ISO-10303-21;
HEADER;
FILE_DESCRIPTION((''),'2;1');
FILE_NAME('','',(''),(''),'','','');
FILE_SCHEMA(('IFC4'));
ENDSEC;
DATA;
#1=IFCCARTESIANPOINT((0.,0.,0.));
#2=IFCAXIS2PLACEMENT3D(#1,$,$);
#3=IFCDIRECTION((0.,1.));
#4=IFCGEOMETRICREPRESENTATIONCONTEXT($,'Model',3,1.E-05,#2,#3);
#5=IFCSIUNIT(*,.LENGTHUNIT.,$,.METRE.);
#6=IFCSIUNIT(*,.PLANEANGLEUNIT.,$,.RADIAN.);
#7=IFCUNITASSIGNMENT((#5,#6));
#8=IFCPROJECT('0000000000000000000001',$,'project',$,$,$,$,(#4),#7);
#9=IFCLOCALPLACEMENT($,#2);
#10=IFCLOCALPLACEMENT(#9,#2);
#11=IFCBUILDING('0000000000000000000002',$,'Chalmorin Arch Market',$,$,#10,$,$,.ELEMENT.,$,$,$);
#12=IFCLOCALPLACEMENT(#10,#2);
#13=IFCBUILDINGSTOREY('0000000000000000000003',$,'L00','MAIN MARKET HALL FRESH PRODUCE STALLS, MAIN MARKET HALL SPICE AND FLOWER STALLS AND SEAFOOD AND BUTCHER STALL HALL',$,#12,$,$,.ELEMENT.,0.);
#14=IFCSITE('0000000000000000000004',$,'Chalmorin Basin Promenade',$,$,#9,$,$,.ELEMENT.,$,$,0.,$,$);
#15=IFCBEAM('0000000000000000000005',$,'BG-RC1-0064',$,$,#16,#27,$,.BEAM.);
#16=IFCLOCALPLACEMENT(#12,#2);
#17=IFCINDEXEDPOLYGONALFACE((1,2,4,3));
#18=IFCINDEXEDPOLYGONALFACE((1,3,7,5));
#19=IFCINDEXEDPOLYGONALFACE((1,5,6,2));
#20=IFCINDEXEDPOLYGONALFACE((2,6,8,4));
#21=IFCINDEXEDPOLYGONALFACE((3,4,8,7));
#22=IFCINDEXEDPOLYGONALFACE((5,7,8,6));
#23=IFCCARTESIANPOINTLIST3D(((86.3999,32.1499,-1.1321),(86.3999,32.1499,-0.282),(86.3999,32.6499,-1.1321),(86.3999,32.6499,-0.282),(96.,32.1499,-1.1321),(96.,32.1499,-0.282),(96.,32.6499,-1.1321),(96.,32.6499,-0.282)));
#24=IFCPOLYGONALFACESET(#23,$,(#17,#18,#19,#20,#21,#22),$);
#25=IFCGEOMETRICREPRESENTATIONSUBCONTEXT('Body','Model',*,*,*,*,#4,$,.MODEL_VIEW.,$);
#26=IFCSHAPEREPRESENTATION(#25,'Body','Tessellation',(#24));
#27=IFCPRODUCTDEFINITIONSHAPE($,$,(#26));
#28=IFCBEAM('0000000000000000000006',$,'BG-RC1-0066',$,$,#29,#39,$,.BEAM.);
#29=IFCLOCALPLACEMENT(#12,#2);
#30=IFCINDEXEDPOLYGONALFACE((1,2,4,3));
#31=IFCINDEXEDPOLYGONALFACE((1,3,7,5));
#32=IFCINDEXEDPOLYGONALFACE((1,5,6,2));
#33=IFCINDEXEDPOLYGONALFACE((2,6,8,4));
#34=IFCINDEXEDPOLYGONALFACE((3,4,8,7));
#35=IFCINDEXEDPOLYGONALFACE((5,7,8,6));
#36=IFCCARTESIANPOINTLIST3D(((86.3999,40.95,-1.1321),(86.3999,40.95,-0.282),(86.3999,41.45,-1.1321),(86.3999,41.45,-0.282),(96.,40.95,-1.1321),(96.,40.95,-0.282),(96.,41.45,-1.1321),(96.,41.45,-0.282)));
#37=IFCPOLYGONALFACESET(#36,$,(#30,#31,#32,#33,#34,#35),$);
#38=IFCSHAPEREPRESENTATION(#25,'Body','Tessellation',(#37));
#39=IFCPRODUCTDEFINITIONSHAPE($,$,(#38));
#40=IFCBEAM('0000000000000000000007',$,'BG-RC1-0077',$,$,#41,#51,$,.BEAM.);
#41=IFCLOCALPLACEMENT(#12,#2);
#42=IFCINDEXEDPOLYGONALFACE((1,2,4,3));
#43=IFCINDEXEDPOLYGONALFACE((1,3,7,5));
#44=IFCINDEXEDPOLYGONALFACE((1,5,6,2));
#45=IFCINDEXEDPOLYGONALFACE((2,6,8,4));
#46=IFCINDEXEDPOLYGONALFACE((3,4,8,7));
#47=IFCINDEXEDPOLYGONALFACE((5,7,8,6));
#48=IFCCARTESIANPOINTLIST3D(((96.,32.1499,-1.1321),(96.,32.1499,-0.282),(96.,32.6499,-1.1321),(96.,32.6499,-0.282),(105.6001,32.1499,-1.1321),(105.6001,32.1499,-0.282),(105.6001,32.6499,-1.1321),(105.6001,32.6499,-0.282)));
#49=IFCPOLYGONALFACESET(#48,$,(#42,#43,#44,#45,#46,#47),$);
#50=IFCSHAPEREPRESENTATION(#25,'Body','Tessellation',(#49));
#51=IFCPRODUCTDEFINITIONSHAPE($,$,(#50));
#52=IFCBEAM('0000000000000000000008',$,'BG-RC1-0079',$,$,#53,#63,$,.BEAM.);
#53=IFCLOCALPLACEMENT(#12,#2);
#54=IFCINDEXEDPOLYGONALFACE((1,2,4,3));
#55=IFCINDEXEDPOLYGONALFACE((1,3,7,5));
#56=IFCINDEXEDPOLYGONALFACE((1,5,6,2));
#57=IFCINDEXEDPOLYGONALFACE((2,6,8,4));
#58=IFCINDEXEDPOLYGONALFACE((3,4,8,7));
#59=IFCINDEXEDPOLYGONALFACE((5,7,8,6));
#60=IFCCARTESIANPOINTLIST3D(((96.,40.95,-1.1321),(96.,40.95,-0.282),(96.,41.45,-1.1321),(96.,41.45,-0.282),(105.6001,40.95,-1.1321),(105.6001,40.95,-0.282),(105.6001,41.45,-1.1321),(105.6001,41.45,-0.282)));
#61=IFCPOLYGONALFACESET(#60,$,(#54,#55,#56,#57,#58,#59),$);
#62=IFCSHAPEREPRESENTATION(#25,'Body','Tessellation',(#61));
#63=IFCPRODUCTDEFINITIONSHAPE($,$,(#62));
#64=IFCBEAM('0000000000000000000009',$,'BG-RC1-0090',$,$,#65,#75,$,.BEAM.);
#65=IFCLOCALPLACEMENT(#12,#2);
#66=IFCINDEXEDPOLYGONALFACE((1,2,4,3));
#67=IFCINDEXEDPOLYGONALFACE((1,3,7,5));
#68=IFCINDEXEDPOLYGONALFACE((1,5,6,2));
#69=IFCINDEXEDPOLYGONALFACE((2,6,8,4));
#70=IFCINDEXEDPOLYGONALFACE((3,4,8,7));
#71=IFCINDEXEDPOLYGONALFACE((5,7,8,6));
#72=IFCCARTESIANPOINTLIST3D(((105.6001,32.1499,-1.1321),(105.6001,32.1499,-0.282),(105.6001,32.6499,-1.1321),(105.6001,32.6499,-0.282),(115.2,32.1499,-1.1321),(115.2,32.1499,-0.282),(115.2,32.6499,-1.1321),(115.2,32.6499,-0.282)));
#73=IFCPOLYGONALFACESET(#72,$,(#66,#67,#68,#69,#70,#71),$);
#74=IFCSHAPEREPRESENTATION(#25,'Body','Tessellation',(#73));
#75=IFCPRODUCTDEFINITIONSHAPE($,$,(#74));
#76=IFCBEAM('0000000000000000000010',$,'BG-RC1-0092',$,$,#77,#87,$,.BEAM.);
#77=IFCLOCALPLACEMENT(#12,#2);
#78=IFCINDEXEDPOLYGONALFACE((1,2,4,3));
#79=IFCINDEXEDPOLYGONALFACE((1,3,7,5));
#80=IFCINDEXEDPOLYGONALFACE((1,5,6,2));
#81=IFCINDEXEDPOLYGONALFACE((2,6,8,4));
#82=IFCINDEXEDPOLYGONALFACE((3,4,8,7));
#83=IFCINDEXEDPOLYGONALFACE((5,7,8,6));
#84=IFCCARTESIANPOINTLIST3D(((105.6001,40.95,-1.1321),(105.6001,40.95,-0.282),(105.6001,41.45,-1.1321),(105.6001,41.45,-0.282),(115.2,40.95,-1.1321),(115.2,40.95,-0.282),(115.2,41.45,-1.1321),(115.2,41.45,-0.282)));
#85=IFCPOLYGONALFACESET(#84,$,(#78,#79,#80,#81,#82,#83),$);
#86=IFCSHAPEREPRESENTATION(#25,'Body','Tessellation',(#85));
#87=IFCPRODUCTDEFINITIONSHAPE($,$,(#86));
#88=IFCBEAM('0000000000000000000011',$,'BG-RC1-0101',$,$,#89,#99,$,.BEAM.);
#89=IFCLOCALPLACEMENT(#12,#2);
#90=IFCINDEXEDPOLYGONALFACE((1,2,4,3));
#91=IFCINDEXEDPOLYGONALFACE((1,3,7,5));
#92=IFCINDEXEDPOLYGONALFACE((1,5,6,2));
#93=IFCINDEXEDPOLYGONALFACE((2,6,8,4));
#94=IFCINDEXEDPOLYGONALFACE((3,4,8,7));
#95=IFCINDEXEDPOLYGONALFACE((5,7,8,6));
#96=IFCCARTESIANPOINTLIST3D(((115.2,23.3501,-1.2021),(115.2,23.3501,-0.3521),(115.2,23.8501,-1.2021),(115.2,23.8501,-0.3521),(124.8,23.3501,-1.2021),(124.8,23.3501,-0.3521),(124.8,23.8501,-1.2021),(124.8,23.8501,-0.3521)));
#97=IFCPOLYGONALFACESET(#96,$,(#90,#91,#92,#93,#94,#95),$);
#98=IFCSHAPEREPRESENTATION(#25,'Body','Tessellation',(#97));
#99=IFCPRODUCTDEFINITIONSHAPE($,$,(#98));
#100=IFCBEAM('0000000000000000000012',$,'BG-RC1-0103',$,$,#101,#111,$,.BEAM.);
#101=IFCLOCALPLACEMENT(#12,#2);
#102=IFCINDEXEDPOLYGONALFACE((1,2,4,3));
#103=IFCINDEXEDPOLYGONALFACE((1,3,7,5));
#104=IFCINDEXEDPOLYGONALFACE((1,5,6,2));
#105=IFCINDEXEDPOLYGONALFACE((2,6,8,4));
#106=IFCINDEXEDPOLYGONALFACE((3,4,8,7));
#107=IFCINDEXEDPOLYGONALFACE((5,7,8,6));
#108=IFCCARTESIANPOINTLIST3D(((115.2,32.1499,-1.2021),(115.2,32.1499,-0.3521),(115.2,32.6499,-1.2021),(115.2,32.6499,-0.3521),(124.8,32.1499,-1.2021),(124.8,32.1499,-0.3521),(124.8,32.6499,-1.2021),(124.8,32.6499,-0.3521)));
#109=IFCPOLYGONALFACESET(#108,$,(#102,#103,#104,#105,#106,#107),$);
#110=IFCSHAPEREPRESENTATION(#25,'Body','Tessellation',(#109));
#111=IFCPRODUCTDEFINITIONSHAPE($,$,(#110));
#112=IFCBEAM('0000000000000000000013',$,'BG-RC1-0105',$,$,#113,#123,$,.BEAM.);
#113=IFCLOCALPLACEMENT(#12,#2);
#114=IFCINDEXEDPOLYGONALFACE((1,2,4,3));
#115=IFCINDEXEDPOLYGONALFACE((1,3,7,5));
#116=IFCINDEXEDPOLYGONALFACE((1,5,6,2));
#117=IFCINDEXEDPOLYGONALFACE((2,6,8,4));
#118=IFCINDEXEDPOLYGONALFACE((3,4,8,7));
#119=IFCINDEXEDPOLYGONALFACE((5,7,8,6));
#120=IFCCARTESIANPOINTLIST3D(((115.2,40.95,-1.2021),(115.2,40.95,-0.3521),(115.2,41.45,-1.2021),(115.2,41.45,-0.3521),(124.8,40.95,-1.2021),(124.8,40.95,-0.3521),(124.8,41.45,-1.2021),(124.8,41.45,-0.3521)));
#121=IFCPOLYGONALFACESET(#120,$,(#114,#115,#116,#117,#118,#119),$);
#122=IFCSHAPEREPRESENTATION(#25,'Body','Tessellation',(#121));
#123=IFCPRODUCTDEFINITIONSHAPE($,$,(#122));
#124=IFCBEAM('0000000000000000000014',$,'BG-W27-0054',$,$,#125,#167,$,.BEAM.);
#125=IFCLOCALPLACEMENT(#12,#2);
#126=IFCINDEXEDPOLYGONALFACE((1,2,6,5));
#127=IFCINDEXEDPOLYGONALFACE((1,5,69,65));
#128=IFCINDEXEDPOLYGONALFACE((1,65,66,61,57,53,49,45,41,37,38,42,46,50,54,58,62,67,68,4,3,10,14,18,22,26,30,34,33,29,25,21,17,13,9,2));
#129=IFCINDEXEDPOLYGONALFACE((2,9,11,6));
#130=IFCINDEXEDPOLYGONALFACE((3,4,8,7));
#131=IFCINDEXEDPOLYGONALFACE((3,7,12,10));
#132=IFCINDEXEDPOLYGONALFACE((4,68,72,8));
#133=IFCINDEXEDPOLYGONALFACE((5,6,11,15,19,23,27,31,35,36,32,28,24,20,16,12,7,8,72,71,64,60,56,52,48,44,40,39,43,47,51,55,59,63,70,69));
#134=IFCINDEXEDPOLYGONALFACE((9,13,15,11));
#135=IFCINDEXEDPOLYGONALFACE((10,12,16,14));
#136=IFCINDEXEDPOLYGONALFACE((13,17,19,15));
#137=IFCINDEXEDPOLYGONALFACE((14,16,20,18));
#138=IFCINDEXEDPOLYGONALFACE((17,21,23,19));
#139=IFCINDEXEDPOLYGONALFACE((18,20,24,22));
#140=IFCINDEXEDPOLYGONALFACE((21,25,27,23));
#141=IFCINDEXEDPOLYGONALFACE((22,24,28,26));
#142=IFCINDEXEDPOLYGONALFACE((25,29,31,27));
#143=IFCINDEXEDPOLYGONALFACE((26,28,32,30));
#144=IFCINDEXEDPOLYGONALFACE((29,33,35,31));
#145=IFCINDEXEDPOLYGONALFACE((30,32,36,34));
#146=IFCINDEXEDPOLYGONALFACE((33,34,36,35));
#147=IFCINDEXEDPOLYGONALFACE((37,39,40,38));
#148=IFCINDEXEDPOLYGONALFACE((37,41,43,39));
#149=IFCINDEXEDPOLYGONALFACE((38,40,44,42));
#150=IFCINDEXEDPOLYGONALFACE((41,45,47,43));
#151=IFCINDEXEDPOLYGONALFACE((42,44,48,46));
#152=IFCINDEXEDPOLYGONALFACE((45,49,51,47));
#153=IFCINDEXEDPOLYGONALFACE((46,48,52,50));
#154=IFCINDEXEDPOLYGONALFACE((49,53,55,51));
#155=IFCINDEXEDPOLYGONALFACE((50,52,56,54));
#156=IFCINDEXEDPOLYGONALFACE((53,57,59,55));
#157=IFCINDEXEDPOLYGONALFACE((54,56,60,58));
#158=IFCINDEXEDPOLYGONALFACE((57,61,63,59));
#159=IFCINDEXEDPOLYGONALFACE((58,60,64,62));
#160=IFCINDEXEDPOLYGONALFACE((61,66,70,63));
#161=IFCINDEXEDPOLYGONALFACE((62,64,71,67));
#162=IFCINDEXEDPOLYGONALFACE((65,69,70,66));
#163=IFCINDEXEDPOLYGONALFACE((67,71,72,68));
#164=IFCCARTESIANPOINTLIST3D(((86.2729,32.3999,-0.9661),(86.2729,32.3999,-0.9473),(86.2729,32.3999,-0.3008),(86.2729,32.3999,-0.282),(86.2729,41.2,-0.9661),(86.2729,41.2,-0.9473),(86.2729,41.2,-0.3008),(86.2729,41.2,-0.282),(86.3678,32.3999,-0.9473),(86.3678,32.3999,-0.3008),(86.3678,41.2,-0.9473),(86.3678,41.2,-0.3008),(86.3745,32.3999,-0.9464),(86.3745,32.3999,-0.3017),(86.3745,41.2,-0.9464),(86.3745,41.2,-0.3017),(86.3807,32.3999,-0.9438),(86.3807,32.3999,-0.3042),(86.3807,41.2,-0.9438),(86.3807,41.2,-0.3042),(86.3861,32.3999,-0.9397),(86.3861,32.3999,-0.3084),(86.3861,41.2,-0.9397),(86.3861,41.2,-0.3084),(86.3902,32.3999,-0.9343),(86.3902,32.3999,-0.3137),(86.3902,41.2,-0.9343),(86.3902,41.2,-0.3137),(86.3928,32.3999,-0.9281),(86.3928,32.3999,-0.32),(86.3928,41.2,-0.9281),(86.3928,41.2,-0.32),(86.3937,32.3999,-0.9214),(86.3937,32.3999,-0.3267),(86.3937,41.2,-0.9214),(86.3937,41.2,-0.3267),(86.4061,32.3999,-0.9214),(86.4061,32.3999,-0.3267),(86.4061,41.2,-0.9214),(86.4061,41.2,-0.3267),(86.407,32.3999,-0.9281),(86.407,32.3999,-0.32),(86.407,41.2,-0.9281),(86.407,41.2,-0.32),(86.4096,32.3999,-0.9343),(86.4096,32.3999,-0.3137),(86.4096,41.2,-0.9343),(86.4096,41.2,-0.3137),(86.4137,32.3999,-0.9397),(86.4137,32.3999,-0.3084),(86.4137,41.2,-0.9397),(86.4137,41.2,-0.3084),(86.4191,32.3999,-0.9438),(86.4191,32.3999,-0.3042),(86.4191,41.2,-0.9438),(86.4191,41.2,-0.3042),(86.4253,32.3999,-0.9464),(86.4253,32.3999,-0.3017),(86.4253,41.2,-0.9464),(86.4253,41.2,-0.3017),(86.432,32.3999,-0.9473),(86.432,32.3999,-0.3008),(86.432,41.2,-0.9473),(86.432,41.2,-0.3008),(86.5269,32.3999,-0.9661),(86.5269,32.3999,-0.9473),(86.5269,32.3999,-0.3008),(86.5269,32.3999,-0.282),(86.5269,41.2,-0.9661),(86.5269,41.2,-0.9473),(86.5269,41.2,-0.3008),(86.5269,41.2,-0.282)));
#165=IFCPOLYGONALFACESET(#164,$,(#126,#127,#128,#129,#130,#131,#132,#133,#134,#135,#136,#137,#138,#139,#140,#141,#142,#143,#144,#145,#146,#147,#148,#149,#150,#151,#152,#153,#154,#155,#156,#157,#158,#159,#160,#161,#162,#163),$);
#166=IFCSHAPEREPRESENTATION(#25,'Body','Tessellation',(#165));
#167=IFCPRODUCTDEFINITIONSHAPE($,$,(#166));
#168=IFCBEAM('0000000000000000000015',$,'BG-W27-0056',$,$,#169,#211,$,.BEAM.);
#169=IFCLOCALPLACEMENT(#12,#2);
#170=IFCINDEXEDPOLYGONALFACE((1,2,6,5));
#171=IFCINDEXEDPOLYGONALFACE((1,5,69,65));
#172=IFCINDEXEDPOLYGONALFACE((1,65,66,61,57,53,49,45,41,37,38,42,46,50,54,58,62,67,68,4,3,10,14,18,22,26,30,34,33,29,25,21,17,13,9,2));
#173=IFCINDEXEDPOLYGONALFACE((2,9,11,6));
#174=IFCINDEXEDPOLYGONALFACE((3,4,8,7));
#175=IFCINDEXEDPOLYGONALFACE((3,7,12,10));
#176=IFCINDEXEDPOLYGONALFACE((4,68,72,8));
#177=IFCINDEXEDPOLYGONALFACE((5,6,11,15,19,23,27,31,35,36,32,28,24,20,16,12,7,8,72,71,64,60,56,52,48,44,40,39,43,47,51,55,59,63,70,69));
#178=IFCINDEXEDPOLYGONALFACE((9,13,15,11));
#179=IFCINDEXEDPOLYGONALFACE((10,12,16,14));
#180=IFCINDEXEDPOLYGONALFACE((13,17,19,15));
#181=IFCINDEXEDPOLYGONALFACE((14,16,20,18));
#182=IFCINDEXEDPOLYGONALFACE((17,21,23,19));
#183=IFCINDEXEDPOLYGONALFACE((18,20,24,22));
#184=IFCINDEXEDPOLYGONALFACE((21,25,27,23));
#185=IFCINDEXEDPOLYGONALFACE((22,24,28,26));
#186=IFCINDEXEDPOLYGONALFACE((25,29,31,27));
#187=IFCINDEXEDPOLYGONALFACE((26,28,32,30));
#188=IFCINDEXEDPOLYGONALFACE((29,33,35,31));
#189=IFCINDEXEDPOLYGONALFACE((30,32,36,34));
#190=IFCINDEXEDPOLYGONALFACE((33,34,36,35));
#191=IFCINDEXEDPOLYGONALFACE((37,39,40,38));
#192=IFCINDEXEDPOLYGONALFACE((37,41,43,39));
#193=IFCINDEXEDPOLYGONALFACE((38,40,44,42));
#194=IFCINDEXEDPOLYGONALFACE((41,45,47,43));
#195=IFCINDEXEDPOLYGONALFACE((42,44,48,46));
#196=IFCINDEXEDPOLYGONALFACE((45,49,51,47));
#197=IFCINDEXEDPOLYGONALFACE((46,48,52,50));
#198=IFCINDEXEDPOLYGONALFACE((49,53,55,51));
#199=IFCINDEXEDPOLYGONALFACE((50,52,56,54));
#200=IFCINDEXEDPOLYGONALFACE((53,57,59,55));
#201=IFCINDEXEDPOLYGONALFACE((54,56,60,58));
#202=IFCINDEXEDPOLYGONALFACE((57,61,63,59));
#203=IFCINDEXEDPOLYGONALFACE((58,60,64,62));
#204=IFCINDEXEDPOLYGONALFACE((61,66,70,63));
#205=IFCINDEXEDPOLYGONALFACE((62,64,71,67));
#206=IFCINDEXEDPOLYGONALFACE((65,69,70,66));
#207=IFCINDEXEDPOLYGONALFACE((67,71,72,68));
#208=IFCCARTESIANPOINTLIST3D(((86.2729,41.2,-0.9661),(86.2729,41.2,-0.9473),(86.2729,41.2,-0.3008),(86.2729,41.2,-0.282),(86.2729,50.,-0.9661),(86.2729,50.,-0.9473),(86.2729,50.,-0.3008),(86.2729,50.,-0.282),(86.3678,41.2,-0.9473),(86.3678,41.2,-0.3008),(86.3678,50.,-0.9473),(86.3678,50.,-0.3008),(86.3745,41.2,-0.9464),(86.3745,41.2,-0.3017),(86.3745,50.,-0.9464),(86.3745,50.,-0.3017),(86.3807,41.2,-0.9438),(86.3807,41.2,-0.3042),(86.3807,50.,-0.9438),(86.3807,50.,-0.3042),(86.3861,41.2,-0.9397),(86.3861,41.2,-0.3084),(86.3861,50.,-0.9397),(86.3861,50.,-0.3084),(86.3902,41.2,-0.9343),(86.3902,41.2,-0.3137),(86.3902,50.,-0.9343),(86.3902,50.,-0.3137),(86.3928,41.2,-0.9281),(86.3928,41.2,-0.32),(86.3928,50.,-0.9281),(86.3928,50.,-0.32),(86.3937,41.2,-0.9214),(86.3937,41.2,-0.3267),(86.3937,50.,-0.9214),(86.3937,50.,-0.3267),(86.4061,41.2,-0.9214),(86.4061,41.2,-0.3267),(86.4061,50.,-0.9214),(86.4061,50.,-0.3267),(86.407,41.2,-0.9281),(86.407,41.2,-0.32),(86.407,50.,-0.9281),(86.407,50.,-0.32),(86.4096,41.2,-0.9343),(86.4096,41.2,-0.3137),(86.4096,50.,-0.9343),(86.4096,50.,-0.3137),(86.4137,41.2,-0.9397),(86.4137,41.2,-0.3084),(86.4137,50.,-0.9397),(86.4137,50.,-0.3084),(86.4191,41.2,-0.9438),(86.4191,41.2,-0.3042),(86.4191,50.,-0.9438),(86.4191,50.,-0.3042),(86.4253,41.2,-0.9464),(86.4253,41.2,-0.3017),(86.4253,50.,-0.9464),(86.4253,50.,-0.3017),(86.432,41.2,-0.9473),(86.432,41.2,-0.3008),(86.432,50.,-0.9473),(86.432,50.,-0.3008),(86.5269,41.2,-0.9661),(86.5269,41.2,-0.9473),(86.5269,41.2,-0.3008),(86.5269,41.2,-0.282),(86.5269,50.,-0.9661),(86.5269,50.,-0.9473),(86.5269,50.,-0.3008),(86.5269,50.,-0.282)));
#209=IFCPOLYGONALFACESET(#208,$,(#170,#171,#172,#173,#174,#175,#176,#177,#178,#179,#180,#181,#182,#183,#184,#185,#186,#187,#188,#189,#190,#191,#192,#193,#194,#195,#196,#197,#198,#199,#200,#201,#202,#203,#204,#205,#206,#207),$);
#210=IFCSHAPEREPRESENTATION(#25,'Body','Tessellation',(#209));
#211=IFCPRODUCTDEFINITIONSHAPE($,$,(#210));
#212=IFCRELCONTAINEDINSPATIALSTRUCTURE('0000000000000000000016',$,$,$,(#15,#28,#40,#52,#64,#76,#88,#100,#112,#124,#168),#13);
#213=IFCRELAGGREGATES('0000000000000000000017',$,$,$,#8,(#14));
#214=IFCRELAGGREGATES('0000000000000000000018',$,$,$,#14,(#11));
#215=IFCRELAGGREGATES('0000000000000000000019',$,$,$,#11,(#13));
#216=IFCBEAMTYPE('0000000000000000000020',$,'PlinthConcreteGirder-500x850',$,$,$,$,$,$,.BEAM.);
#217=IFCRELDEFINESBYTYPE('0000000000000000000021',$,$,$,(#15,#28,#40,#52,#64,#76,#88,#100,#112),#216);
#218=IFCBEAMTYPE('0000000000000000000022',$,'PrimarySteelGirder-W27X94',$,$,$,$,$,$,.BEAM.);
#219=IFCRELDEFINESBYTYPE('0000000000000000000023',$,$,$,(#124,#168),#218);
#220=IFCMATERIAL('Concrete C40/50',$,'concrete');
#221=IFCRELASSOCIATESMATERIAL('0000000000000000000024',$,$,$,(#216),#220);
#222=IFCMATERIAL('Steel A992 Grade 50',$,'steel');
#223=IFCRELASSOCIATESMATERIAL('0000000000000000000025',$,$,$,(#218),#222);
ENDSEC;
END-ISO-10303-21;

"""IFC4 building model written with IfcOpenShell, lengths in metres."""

from ifc_helpers import new_model, si_unit, direction, frame, origin, origin_2d, place, context, subcontext, project, spatial, rectangle, i_section, extrude, material, material_profile, profile_set, type_object, element, save


model = new_model("IFC4")

# Units and contexts
model_context = context("Model", 3, precision=1e-05, world=origin(), true_north=direction((0.0, 1.0)))
body_context = subcontext(model_context, "Body", "Model", "MODEL_VIEW")
ifc_project = project(units=[si_unit("LENGTHUNIT", "METRE"), si_unit("PLANEANGLEUNIT", "RADIAN")], contexts=[model_context])

# Site, building, storey
site_placement = place(None, origin())
site = spatial("IfcSite", under=ifc_project, at=site_placement, Name="Chalmorin Basin Promenade", CompositionType="ELEMENT", RefElevation=0.0)
building_placement = place(site_placement, origin())
building = spatial("IfcBuilding", under=site, at=building_placement, Name="Chalmorin Arch Market", CompositionType="ELEMENT")
storey_placement = place(building_placement, origin())
storey = spatial("IfcBuildingStorey", under=building, at=storey_placement, Name="L00", Description="MAIN MARKET HALL FRESH PRODUCE STALLS, MAIN MARKET HALL SPICE AND FLOWER STALLS AND SEAFOOD AND BUTCHER STALL HALL", CompositionType="ELEMENT", Elevation=0.0)

# Beams
ifc_material_1 = material(Name="Concrete C40/50", Category="concrete")
ifc_material_profile_1 = material_profile(ifc_material_1, rectangle(XDim=0.5, YDim=0.8501, at=origin_2d()), Name="RC500X850")
ifc_profile_set_1 = profile_set([ifc_material_profile_1], Name="Concrete C40/50")
beam_type_1 = type_object("IfcBeamType", Name="PlinthConcreteGirder-500x850", PredefinedType="BEAM", material=ifc_profile_set_1)
for number, where, z_axis, x_axis, name in (
    (1, (86.3999, 32.3999, -0.707), (1.0, 0.0, 0.0), (0.0, 1.0, 0.0), "BG-RC1-0064"),
    (2, (86.3999, 41.2, -0.707), (1.0, 0.0, 0.0), (0.0, 1.0, 0.0), "BG-RC1-0066"),
    (3, (96.0, 32.3999, -0.707), (1.0, 0.0, 0.0), (0.0, 1.0, 0.0), "BG-RC1-0077"),
    (4, (96.0, 41.2, -0.707), (1.0, 0.0, 0.0), (0.0, 1.0, 0.0), "BG-RC1-0079"),
):
    element("IfcBeam", number, at=place(storey_placement, frame(where, z_axis=z_axis, x_axis=x_axis)), inside=storey, type_object=beam_type_1, Name=name, PredefinedType="BEAM", context=body_context, shape_type="SweptSolid", body=[
        extrude(rectangle(XDim=0.5, YDim=0.8501, at=origin_2d()), origin(), (0.0, 0.0, 1.0), 9.6001),
    ])
for number, where, z_axis, x_axis, name in (
    (5, (105.6001, 32.3999, -0.707), (1.0, 0.0, 0.0), (0.0, 1.0, 0.0), "BG-RC1-0090"),
    (6, (105.6001, 41.2, -0.707), (1.0, 0.0, 0.0), (0.0, 1.0, 0.0), "BG-RC1-0092"),
):
    element("IfcBeam", number, at=place(storey_placement, frame(where, z_axis=z_axis, x_axis=x_axis)), inside=storey, type_object=beam_type_1, Name=name, PredefinedType="BEAM", context=body_context, shape_type="SweptSolid", body=[
        extrude(rectangle(XDim=0.5, YDim=0.8501, at=origin_2d()), origin(), (0.0, 0.0, 1.0), 9.5999),
    ])
for number, where, z_axis, x_axis, name in (
    (7, (115.2, 23.6001, -0.7771), (1.0, 0.0, 0.0), (0.0, 1.0, 0.0), "BG-RC1-0101"),
    (8, (115.2, 32.3999, -0.7771), (1.0, 0.0, 0.0), (0.0, 1.0, 0.0), "BG-RC1-0103"),
    (9, (115.2, 41.2, -0.7771), (1.0, 0.0, 0.0), (0.0, 1.0, 0.0), "BG-RC1-0105"),
):
    element("IfcBeam", number, at=place(storey_placement, frame(where, z_axis=z_axis, x_axis=x_axis)), inside=storey, type_object=beam_type_1, Name=name, PredefinedType="BEAM", context=body_context, shape_type="SweptSolid", body=[
        extrude(rectangle(XDim=0.5, YDim=0.8501, at=origin_2d()), origin(), (0.0, 0.0, 1.0), 9.6001),
    ])
ifc_material_2 = material(Name="Steel A992 Grade 50", Category="steel")
ifc_material_profile_2 = material_profile(ifc_material_2, i_section(OverallWidth=0.2539, OverallDepth=0.6841, WebThickness=0.0125, FlangeThickness=0.0188, FilletRadius=0.0259, at=origin_2d()), Name="W27X94")
ifc_profile_set_2 = profile_set([ifc_material_profile_2], Name="Steel A992 Grade 50")
beam_type_2 = type_object("IfcBeamType", Name="PrimarySteelGirder-W27X94", PredefinedType="BEAM", material=ifc_profile_set_2)
for number, where, z_axis, x_axis, name in (
    (10, (86.3999, 32.3999, -0.624), (0.0, 1.0, 0.0), (-1.0, 0.0, 0.0), "BG-W27-0054"),
    (11, (86.3999, 41.2, -0.624), (0.0, 1.0, 0.0), (-1.0, 0.0, 0.0), "BG-W27-0056"),
):
    element("IfcBeam", number, at=place(storey_placement, frame(where, z_axis=z_axis, x_axis=x_axis)), inside=storey, type_object=beam_type_2, Name=name, PredefinedType="BEAM", context=body_context, shape_type="SweptSolid", body=[
        extrude(i_section(OverallWidth=0.2539, OverallDepth=0.6841, WebThickness=0.0125, FlangeThickness=0.0188, FilletRadius=0.0259, at=origin_2d()), origin(), (0.0, 0.0, 1.0), 8.8),
    ])

save(model, "model.ifc")
